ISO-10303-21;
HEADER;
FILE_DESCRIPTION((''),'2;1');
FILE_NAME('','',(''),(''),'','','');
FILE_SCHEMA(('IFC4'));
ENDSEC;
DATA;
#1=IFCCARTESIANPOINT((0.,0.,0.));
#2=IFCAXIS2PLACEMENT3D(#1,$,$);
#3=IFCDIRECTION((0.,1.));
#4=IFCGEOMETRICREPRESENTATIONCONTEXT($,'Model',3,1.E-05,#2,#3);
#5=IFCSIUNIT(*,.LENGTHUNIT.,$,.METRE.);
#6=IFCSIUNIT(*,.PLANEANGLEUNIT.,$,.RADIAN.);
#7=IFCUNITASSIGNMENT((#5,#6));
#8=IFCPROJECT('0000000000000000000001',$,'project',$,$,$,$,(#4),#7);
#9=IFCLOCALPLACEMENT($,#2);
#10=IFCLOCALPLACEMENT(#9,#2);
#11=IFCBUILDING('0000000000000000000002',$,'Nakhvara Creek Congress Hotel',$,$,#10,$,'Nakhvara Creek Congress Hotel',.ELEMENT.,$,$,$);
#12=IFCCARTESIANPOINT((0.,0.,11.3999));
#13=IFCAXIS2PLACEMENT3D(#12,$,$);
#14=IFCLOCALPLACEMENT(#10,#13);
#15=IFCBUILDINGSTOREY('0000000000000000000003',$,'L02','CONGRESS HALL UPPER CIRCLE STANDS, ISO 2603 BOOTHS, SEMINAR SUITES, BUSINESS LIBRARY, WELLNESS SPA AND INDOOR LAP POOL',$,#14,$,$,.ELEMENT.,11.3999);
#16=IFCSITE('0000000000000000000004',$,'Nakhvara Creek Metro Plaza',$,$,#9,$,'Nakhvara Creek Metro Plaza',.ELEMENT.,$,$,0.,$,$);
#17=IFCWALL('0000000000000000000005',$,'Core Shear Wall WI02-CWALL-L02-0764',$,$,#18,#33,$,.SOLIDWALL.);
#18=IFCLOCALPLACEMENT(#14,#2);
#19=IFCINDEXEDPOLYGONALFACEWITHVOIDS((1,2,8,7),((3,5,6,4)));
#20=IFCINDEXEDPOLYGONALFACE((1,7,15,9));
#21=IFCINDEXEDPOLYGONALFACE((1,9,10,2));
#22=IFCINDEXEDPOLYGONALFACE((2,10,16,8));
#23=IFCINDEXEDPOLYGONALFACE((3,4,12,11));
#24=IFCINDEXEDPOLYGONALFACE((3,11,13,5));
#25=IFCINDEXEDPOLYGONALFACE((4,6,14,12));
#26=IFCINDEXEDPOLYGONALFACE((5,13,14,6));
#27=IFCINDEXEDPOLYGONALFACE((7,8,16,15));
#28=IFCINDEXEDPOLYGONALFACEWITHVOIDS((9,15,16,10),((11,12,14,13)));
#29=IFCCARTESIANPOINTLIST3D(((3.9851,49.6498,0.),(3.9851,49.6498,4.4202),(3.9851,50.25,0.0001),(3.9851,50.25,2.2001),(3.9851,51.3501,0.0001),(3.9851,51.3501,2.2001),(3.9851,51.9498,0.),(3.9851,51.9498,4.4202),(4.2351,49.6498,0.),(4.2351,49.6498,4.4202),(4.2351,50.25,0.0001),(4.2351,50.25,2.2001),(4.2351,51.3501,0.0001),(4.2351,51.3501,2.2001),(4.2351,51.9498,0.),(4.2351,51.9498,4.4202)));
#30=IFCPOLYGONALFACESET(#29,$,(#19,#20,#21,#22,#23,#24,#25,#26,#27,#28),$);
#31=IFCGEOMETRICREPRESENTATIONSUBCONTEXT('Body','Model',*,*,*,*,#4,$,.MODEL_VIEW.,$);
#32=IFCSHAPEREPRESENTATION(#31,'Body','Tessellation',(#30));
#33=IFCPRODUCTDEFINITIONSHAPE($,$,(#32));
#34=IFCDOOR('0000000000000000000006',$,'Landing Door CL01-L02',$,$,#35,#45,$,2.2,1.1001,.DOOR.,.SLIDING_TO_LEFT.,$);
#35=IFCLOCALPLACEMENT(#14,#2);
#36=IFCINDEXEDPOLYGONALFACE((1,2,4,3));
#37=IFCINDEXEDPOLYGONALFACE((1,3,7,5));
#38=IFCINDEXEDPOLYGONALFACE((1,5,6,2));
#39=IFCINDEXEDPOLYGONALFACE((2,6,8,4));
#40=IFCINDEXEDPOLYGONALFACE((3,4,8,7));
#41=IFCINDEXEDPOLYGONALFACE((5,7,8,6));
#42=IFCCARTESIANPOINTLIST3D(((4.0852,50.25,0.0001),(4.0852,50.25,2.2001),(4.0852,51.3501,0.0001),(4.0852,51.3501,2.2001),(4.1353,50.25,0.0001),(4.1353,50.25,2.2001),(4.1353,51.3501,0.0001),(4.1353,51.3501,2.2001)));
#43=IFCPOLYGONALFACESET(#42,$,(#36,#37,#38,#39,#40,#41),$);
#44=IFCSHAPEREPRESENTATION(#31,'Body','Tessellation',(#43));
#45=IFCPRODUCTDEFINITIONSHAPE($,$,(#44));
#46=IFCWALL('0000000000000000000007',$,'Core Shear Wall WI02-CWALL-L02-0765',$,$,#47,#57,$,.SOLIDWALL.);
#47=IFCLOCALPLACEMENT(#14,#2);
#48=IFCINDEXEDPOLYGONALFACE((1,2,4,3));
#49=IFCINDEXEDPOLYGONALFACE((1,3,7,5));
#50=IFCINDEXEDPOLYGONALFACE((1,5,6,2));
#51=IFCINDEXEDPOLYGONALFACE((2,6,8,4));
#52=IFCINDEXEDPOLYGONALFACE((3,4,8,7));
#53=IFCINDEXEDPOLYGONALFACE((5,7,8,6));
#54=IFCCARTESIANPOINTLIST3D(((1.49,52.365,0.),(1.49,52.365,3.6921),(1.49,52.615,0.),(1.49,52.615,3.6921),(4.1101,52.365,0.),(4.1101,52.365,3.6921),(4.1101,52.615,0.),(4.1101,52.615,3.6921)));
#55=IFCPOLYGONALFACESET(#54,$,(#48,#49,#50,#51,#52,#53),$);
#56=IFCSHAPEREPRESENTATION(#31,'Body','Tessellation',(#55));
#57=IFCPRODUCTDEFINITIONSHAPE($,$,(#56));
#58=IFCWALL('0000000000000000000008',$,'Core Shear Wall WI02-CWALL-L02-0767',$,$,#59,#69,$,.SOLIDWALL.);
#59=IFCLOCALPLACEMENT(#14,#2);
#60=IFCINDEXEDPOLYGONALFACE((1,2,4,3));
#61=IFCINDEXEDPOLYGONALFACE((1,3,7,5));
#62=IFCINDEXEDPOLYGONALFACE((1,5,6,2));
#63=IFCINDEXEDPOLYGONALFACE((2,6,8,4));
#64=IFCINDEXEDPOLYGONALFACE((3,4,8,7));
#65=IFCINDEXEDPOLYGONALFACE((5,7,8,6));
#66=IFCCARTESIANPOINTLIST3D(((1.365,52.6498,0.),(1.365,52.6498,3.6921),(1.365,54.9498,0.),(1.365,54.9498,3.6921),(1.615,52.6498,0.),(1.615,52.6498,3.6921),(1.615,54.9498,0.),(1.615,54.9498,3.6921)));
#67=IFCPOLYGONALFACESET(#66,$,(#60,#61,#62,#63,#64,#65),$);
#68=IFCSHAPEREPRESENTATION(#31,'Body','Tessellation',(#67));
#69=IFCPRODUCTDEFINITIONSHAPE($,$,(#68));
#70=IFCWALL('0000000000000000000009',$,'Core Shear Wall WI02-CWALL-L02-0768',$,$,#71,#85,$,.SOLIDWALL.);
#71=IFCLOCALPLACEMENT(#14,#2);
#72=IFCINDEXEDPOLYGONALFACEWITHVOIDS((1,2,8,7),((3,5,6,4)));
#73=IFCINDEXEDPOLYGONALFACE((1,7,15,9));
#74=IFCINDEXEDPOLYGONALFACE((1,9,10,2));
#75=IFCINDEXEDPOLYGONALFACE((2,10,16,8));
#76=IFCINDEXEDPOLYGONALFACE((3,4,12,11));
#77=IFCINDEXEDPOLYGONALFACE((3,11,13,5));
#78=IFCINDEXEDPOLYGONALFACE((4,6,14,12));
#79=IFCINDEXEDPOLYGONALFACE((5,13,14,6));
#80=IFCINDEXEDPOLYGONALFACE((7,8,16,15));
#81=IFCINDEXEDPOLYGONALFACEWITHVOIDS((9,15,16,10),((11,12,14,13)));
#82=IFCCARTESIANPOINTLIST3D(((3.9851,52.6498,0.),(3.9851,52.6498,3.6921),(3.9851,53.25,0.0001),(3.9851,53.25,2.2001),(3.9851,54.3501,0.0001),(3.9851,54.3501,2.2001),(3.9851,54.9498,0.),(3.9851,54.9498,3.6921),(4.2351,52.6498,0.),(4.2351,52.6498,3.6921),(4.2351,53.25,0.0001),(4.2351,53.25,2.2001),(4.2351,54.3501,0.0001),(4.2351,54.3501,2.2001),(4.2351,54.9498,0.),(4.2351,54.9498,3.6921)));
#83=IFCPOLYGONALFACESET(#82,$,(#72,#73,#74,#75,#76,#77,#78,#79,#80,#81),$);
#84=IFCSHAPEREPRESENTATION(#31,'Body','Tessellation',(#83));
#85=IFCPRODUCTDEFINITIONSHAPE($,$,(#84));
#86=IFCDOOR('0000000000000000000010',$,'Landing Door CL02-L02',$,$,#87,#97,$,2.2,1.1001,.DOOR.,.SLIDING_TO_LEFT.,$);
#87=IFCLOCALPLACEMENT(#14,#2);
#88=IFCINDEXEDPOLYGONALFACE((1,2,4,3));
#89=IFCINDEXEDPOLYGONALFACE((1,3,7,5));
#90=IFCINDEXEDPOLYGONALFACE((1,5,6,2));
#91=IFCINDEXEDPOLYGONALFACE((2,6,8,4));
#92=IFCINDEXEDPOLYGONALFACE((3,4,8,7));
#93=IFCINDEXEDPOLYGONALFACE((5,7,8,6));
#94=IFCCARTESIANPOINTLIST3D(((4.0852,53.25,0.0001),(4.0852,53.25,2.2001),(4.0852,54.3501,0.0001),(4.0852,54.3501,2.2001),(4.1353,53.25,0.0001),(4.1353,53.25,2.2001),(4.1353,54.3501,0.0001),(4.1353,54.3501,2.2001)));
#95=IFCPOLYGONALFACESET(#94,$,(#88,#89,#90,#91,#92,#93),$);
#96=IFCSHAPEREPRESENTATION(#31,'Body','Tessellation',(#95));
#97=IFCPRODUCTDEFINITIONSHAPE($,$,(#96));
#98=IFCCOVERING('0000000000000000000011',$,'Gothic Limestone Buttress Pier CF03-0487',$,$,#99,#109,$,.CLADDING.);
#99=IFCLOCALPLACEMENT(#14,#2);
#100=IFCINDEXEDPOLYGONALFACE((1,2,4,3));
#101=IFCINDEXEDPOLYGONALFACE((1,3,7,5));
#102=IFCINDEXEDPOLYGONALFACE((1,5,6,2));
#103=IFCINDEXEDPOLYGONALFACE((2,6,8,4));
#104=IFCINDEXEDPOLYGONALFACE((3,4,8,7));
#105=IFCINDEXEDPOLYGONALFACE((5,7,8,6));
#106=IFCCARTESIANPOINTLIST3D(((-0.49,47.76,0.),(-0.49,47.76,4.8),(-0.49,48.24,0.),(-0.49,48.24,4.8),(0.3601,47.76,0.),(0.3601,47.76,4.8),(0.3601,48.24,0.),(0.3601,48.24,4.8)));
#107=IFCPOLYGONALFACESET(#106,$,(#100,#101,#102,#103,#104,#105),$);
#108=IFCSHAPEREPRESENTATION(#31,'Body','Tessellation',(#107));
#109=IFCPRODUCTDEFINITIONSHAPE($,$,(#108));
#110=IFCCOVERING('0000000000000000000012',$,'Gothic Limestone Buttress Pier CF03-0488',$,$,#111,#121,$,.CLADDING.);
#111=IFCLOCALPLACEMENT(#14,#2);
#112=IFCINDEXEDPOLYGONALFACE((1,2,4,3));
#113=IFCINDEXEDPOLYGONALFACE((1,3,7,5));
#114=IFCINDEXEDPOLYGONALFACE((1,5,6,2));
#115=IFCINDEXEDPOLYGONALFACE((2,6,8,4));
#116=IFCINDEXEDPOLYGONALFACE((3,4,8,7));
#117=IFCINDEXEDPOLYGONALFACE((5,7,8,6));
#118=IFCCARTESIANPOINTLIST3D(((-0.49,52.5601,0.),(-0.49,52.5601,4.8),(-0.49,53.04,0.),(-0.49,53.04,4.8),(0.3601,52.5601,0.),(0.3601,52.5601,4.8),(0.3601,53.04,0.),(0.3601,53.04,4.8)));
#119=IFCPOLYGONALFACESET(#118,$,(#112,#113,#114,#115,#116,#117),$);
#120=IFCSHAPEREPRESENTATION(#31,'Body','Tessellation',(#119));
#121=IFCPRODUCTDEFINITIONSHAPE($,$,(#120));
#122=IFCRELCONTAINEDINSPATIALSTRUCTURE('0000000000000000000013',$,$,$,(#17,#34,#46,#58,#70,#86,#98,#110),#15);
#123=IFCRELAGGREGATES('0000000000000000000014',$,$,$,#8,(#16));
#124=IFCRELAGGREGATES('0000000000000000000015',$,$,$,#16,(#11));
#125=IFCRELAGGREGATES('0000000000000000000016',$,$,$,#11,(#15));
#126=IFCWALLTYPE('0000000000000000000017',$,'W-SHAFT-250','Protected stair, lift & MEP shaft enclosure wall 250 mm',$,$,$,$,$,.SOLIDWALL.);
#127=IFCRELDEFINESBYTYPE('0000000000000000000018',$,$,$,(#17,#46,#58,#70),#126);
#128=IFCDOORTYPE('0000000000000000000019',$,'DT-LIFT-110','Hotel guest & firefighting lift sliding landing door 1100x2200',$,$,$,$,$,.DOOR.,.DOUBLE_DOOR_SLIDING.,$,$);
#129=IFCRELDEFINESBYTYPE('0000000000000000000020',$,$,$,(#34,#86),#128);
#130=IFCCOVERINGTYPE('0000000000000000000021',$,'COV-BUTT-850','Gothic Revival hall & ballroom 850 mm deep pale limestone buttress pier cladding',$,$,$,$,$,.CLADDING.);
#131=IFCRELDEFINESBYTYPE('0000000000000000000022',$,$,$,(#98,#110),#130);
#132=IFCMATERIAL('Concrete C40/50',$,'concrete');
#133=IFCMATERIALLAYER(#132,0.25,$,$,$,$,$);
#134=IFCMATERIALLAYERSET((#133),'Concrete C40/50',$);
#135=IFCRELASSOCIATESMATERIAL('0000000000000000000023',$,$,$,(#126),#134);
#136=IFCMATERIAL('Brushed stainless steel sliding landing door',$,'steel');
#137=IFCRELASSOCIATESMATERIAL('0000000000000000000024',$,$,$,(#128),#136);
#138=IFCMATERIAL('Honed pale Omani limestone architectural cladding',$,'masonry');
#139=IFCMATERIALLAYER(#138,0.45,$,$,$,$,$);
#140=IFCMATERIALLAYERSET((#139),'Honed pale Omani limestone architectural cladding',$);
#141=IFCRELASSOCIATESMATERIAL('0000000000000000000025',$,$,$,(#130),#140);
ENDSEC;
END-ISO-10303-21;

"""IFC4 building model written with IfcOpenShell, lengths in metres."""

from ifc_helpers import new_model, si_unit, direction, frame, frame_2d, origin, origin_2d, place, context, subcontext, project, spatial, rectangle, extrude, material, layer, layer_set, type_object, element, fill, save


model = new_model("IFC4")

# Units and contexts
model_context = context("Model", 3, precision=1e-05, world=origin(), true_north=direction((0.0, 1.0)))
body_context = subcontext(model_context, "Body", "Model", "MODEL_VIEW")
ifc_project = project(units=[si_unit("LENGTHUNIT", "METRE"), si_unit("PLANEANGLEUNIT", "RADIAN")], contexts=[model_context])

# Site, building, storey
site_placement = place(None, origin())
site = spatial("IfcSite", under=ifc_project, at=site_placement, Name="Nakhvara Creek Metro Plaza", LongName="Nakhvara Creek Metro Plaza", CompositionType="ELEMENT", RefElevation=0.0)
building_placement = place(site_placement, origin())
building = spatial("IfcBuilding", under=site, at=building_placement, Name="Nakhvara Creek Congress Hotel", LongName="Nakhvara Creek Congress Hotel", CompositionType="ELEMENT")
storey_placement = place(building_placement, frame((0.0, 0.0, 11.3999)))
storey = spatial("IfcBuildingStorey", under=building, at=storey_placement, Name="L02", Description="CONGRESS HALL UPPER CIRCLE STANDS, ISO 2603 BOOTHS, SEMINAR SUITES, BUSINESS LIBRARY, WELLNESS SPA AND INDOOR LAP POOL", CompositionType="ELEMENT", Elevation=11.3999)

# Shared definitions
ifc_material_1 = material(Name="Concrete C40/50", Category="concrete")

# Shared definitions
ifc_layer_1 = layer(ifc_material_1, 0.25)
ifc_layer_set_1 = layer_set([ifc_layer_1], Name="Concrete C40/50")
wall_type_1 = type_object("IfcWallType", Name="W-SHAFT-250", Description="Protected stair, lift & MEP shaft enclosure wall 250 mm", PredefinedType="SOLIDWALL", material=ifc_layer_set_1)

# Wall, opening, door
wall_1_placement = place(storey_placement, frame((4.1101, 49.6499, 0.0), z_axis=(0.0, 0.0, 1.0), x_axis=(0.0, 1.0, 0.0)))
wall_1 = element("IfcWall", 1, at=wall_1_placement, inside=storey, type_object=wall_type_1, Name="Core Shear Wall WI02-CWALL-L02-0764", PredefinedType="SOLIDWALL", context=body_context, shape_type="SweptSolid", body=[
    extrude(rectangle(XDim=2.3, YDim=0.25, at=frame_2d((1.1499, 0.0))), origin(), (0.0, 0.0, 1.0), 4.4202),
])
opening_1_placement = place(wall_1_placement, frame((0.6001, 0.0, 0.0)))
opening_1 = element("IfcOpeningElement", 2, at=opening_1_placement, cuts=wall_1, PredefinedType="OPENING", context=body_context, shape_type="SweptSolid", body=[
    extrude(rectangle(XDim=1.1001, YDim=2.2, at=frame_2d((0.55, 1.1001))), frame((0.0, 0.137, 0.0), z_axis=(0.0, -1.0, 0.0), x_axis=(1.0, 0.0, 0.0)), (0.0, 0.0, 1.0), 0.2739),
])
ifc_material_2 = material(Name="Brushed stainless steel sliding landing door", Category="steel")
door_type_1 = type_object("IfcDoorType", Name="DT-LIFT-110", Description="Hotel guest & firefighting lift sliding landing door 1100x2200", OperationType="DOUBLE_DOOR_SLIDING", PredefinedType="DOOR", material=ifc_material_2)
door_1_placement = place(opening_1_placement, origin())
door_1 = element("IfcDoor", 3, at=door_1_placement, inside=storey, type_object=door_type_1, Name="Landing Door CL01-L02", OperationType="SLIDING_TO_LEFT", OverallHeight=2.2, OverallWidth=1.1001, PredefinedType="DOOR", context=body_context, shape_type="SweptSolid", body=[
    extrude(rectangle(XDim=1.1001, YDim=2.2, at=frame_2d((0.55, 1.1001))), frame((0.0, 0.0249, 0.0), z_axis=(0.0, -1.0, 0.0), x_axis=(1.0, 0.0, 0.0)), (0.0, 0.0, 1.0), 0.05),
])
fill(opening_1, door_1)

# Walls
wall_2_placement = place(storey_placement, frame((1.49, 52.49, 0.0), z_axis=(0.0, 0.0, 1.0), x_axis=(1.0, 0.0, 0.0)))
element("IfcWall", 4, at=wall_2_placement, inside=storey, type_object=wall_type_1, Name="Core Shear Wall WI02-CWALL-L02-0765", PredefinedType="SOLIDWALL", context=body_context, shape_type="SweptSolid", body=[
    extrude(rectangle(XDim=2.6201, YDim=0.25, at=frame_2d((1.3101, 0.0))), origin(), (0.0, 0.0, 1.0), 3.6921),
])
wall_3_placement = place(storey_placement, frame((1.49, 52.6499, 0.0), z_axis=(0.0, 0.0, 1.0), x_axis=(0.0, 1.0, 0.0)))
element("IfcWall", 5, at=wall_3_placement, inside=storey, type_object=wall_type_1, Name="Core Shear Wall WI02-CWALL-L02-0767", PredefinedType="SOLIDWALL", context=body_context, shape_type="SweptSolid", body=[
    extrude(rectangle(XDim=2.3, YDim=0.25, at=frame_2d((1.1499, 0.0))), origin(), (0.0, 0.0, 1.0), 3.6921),
])

# Wall, opening, door
wall_4_placement = place(storey_placement, frame((4.1101, 52.6499, 0.0), z_axis=(0.0, 0.0, 1.0), x_axis=(0.0, 1.0, 0.0)))
wall_4 = element("IfcWall", 6, at=wall_4_placement, inside=storey, type_object=wall_type_1, Name="Core Shear Wall WI02-CWALL-L02-0768", PredefinedType="SOLIDWALL", context=body_context, shape_type="SweptSolid", body=[
    extrude(rectangle(XDim=2.3, YDim=0.25, at=frame_2d((1.1499, 0.0))), origin(), (0.0, 0.0, 1.0), 3.6921),
])
opening_2_placement = place(wall_4_placement, frame((0.6001, 0.0, 0.0)))
opening_2 = element("IfcOpeningElement", 7, at=opening_2_placement, cuts=wall_4, PredefinedType="OPENING", context=body_context, shape_type="SweptSolid", body=[
    extrude(rectangle(XDim=1.1001, YDim=2.2, at=frame_2d((0.55, 1.1001))), frame((0.0, 0.137, 0.0), z_axis=(0.0, -1.0, 0.0), x_axis=(1.0, 0.0, 0.0)), (0.0, 0.0, 1.0), 0.2739),
])
door_2_placement = place(opening_2_placement, origin())
door_2 = element("IfcDoor", 8, at=door_2_placement, inside=storey, type_object=door_type_1, Name="Landing Door CL02-L02", OperationType="SLIDING_TO_LEFT", OverallHeight=2.2, OverallWidth=1.1001, PredefinedType="DOOR", context=body_context, shape_type="SweptSolid", body=[
    extrude(rectangle(XDim=1.1001, YDim=2.2, at=frame_2d((0.55, 1.1001))), frame((0.0, 0.0249, 0.0), z_axis=(0.0, -1.0, 0.0), x_axis=(1.0, 0.0, 0.0)), (0.0, 0.0, 1.0), 0.05),
])
fill(opening_2, door_2)

# Coverings
ifc_material_3 = material(Name="Honed pale Omani limestone architectural cladding", Category="masonry")
ifc_layer_2 = layer(ifc_material_3, 0.45)
ifc_layer_set_2 = layer_set([ifc_layer_2], Name="Honed pale Omani limestone architectural cladding")
covering_type = type_object("IfcCoveringType", Name="COV-BUTT-850", Description="Gothic Revival hall & ballroom 850 mm deep pale limestone buttress pier cladding", PredefinedType="CLADDING", material=ifc_layer_set_2)
for number, where, z_axis, x_axis, name in (
    (9, (-0.0649, 48.0, 0.0), (0.0, 0.0, 1.0), (0.0, 1.0, 0.0), "Gothic Limestone Buttress Pier CF03-0487"),
    (10, (-0.0649, 52.8, 0.0), (0.0, 0.0, 1.0), (0.0, 1.0, 0.0), "Gothic Limestone Buttress Pier CF03-0488"),
):
    element("IfcCovering", number, at=place(storey_placement, frame(where, z_axis=z_axis, x_axis=x_axis)), inside=storey, type_object=covering_type, Name=name, PredefinedType="CLADDING", context=body_context, shape_type="SweptSolid", body=[
        extrude(rectangle(XDim=0.48, YDim=0.8501, at=origin_2d()), origin(), (0.0, 0.0, 1.0), 4.8),
    ])

save(model, "model.ifc")
